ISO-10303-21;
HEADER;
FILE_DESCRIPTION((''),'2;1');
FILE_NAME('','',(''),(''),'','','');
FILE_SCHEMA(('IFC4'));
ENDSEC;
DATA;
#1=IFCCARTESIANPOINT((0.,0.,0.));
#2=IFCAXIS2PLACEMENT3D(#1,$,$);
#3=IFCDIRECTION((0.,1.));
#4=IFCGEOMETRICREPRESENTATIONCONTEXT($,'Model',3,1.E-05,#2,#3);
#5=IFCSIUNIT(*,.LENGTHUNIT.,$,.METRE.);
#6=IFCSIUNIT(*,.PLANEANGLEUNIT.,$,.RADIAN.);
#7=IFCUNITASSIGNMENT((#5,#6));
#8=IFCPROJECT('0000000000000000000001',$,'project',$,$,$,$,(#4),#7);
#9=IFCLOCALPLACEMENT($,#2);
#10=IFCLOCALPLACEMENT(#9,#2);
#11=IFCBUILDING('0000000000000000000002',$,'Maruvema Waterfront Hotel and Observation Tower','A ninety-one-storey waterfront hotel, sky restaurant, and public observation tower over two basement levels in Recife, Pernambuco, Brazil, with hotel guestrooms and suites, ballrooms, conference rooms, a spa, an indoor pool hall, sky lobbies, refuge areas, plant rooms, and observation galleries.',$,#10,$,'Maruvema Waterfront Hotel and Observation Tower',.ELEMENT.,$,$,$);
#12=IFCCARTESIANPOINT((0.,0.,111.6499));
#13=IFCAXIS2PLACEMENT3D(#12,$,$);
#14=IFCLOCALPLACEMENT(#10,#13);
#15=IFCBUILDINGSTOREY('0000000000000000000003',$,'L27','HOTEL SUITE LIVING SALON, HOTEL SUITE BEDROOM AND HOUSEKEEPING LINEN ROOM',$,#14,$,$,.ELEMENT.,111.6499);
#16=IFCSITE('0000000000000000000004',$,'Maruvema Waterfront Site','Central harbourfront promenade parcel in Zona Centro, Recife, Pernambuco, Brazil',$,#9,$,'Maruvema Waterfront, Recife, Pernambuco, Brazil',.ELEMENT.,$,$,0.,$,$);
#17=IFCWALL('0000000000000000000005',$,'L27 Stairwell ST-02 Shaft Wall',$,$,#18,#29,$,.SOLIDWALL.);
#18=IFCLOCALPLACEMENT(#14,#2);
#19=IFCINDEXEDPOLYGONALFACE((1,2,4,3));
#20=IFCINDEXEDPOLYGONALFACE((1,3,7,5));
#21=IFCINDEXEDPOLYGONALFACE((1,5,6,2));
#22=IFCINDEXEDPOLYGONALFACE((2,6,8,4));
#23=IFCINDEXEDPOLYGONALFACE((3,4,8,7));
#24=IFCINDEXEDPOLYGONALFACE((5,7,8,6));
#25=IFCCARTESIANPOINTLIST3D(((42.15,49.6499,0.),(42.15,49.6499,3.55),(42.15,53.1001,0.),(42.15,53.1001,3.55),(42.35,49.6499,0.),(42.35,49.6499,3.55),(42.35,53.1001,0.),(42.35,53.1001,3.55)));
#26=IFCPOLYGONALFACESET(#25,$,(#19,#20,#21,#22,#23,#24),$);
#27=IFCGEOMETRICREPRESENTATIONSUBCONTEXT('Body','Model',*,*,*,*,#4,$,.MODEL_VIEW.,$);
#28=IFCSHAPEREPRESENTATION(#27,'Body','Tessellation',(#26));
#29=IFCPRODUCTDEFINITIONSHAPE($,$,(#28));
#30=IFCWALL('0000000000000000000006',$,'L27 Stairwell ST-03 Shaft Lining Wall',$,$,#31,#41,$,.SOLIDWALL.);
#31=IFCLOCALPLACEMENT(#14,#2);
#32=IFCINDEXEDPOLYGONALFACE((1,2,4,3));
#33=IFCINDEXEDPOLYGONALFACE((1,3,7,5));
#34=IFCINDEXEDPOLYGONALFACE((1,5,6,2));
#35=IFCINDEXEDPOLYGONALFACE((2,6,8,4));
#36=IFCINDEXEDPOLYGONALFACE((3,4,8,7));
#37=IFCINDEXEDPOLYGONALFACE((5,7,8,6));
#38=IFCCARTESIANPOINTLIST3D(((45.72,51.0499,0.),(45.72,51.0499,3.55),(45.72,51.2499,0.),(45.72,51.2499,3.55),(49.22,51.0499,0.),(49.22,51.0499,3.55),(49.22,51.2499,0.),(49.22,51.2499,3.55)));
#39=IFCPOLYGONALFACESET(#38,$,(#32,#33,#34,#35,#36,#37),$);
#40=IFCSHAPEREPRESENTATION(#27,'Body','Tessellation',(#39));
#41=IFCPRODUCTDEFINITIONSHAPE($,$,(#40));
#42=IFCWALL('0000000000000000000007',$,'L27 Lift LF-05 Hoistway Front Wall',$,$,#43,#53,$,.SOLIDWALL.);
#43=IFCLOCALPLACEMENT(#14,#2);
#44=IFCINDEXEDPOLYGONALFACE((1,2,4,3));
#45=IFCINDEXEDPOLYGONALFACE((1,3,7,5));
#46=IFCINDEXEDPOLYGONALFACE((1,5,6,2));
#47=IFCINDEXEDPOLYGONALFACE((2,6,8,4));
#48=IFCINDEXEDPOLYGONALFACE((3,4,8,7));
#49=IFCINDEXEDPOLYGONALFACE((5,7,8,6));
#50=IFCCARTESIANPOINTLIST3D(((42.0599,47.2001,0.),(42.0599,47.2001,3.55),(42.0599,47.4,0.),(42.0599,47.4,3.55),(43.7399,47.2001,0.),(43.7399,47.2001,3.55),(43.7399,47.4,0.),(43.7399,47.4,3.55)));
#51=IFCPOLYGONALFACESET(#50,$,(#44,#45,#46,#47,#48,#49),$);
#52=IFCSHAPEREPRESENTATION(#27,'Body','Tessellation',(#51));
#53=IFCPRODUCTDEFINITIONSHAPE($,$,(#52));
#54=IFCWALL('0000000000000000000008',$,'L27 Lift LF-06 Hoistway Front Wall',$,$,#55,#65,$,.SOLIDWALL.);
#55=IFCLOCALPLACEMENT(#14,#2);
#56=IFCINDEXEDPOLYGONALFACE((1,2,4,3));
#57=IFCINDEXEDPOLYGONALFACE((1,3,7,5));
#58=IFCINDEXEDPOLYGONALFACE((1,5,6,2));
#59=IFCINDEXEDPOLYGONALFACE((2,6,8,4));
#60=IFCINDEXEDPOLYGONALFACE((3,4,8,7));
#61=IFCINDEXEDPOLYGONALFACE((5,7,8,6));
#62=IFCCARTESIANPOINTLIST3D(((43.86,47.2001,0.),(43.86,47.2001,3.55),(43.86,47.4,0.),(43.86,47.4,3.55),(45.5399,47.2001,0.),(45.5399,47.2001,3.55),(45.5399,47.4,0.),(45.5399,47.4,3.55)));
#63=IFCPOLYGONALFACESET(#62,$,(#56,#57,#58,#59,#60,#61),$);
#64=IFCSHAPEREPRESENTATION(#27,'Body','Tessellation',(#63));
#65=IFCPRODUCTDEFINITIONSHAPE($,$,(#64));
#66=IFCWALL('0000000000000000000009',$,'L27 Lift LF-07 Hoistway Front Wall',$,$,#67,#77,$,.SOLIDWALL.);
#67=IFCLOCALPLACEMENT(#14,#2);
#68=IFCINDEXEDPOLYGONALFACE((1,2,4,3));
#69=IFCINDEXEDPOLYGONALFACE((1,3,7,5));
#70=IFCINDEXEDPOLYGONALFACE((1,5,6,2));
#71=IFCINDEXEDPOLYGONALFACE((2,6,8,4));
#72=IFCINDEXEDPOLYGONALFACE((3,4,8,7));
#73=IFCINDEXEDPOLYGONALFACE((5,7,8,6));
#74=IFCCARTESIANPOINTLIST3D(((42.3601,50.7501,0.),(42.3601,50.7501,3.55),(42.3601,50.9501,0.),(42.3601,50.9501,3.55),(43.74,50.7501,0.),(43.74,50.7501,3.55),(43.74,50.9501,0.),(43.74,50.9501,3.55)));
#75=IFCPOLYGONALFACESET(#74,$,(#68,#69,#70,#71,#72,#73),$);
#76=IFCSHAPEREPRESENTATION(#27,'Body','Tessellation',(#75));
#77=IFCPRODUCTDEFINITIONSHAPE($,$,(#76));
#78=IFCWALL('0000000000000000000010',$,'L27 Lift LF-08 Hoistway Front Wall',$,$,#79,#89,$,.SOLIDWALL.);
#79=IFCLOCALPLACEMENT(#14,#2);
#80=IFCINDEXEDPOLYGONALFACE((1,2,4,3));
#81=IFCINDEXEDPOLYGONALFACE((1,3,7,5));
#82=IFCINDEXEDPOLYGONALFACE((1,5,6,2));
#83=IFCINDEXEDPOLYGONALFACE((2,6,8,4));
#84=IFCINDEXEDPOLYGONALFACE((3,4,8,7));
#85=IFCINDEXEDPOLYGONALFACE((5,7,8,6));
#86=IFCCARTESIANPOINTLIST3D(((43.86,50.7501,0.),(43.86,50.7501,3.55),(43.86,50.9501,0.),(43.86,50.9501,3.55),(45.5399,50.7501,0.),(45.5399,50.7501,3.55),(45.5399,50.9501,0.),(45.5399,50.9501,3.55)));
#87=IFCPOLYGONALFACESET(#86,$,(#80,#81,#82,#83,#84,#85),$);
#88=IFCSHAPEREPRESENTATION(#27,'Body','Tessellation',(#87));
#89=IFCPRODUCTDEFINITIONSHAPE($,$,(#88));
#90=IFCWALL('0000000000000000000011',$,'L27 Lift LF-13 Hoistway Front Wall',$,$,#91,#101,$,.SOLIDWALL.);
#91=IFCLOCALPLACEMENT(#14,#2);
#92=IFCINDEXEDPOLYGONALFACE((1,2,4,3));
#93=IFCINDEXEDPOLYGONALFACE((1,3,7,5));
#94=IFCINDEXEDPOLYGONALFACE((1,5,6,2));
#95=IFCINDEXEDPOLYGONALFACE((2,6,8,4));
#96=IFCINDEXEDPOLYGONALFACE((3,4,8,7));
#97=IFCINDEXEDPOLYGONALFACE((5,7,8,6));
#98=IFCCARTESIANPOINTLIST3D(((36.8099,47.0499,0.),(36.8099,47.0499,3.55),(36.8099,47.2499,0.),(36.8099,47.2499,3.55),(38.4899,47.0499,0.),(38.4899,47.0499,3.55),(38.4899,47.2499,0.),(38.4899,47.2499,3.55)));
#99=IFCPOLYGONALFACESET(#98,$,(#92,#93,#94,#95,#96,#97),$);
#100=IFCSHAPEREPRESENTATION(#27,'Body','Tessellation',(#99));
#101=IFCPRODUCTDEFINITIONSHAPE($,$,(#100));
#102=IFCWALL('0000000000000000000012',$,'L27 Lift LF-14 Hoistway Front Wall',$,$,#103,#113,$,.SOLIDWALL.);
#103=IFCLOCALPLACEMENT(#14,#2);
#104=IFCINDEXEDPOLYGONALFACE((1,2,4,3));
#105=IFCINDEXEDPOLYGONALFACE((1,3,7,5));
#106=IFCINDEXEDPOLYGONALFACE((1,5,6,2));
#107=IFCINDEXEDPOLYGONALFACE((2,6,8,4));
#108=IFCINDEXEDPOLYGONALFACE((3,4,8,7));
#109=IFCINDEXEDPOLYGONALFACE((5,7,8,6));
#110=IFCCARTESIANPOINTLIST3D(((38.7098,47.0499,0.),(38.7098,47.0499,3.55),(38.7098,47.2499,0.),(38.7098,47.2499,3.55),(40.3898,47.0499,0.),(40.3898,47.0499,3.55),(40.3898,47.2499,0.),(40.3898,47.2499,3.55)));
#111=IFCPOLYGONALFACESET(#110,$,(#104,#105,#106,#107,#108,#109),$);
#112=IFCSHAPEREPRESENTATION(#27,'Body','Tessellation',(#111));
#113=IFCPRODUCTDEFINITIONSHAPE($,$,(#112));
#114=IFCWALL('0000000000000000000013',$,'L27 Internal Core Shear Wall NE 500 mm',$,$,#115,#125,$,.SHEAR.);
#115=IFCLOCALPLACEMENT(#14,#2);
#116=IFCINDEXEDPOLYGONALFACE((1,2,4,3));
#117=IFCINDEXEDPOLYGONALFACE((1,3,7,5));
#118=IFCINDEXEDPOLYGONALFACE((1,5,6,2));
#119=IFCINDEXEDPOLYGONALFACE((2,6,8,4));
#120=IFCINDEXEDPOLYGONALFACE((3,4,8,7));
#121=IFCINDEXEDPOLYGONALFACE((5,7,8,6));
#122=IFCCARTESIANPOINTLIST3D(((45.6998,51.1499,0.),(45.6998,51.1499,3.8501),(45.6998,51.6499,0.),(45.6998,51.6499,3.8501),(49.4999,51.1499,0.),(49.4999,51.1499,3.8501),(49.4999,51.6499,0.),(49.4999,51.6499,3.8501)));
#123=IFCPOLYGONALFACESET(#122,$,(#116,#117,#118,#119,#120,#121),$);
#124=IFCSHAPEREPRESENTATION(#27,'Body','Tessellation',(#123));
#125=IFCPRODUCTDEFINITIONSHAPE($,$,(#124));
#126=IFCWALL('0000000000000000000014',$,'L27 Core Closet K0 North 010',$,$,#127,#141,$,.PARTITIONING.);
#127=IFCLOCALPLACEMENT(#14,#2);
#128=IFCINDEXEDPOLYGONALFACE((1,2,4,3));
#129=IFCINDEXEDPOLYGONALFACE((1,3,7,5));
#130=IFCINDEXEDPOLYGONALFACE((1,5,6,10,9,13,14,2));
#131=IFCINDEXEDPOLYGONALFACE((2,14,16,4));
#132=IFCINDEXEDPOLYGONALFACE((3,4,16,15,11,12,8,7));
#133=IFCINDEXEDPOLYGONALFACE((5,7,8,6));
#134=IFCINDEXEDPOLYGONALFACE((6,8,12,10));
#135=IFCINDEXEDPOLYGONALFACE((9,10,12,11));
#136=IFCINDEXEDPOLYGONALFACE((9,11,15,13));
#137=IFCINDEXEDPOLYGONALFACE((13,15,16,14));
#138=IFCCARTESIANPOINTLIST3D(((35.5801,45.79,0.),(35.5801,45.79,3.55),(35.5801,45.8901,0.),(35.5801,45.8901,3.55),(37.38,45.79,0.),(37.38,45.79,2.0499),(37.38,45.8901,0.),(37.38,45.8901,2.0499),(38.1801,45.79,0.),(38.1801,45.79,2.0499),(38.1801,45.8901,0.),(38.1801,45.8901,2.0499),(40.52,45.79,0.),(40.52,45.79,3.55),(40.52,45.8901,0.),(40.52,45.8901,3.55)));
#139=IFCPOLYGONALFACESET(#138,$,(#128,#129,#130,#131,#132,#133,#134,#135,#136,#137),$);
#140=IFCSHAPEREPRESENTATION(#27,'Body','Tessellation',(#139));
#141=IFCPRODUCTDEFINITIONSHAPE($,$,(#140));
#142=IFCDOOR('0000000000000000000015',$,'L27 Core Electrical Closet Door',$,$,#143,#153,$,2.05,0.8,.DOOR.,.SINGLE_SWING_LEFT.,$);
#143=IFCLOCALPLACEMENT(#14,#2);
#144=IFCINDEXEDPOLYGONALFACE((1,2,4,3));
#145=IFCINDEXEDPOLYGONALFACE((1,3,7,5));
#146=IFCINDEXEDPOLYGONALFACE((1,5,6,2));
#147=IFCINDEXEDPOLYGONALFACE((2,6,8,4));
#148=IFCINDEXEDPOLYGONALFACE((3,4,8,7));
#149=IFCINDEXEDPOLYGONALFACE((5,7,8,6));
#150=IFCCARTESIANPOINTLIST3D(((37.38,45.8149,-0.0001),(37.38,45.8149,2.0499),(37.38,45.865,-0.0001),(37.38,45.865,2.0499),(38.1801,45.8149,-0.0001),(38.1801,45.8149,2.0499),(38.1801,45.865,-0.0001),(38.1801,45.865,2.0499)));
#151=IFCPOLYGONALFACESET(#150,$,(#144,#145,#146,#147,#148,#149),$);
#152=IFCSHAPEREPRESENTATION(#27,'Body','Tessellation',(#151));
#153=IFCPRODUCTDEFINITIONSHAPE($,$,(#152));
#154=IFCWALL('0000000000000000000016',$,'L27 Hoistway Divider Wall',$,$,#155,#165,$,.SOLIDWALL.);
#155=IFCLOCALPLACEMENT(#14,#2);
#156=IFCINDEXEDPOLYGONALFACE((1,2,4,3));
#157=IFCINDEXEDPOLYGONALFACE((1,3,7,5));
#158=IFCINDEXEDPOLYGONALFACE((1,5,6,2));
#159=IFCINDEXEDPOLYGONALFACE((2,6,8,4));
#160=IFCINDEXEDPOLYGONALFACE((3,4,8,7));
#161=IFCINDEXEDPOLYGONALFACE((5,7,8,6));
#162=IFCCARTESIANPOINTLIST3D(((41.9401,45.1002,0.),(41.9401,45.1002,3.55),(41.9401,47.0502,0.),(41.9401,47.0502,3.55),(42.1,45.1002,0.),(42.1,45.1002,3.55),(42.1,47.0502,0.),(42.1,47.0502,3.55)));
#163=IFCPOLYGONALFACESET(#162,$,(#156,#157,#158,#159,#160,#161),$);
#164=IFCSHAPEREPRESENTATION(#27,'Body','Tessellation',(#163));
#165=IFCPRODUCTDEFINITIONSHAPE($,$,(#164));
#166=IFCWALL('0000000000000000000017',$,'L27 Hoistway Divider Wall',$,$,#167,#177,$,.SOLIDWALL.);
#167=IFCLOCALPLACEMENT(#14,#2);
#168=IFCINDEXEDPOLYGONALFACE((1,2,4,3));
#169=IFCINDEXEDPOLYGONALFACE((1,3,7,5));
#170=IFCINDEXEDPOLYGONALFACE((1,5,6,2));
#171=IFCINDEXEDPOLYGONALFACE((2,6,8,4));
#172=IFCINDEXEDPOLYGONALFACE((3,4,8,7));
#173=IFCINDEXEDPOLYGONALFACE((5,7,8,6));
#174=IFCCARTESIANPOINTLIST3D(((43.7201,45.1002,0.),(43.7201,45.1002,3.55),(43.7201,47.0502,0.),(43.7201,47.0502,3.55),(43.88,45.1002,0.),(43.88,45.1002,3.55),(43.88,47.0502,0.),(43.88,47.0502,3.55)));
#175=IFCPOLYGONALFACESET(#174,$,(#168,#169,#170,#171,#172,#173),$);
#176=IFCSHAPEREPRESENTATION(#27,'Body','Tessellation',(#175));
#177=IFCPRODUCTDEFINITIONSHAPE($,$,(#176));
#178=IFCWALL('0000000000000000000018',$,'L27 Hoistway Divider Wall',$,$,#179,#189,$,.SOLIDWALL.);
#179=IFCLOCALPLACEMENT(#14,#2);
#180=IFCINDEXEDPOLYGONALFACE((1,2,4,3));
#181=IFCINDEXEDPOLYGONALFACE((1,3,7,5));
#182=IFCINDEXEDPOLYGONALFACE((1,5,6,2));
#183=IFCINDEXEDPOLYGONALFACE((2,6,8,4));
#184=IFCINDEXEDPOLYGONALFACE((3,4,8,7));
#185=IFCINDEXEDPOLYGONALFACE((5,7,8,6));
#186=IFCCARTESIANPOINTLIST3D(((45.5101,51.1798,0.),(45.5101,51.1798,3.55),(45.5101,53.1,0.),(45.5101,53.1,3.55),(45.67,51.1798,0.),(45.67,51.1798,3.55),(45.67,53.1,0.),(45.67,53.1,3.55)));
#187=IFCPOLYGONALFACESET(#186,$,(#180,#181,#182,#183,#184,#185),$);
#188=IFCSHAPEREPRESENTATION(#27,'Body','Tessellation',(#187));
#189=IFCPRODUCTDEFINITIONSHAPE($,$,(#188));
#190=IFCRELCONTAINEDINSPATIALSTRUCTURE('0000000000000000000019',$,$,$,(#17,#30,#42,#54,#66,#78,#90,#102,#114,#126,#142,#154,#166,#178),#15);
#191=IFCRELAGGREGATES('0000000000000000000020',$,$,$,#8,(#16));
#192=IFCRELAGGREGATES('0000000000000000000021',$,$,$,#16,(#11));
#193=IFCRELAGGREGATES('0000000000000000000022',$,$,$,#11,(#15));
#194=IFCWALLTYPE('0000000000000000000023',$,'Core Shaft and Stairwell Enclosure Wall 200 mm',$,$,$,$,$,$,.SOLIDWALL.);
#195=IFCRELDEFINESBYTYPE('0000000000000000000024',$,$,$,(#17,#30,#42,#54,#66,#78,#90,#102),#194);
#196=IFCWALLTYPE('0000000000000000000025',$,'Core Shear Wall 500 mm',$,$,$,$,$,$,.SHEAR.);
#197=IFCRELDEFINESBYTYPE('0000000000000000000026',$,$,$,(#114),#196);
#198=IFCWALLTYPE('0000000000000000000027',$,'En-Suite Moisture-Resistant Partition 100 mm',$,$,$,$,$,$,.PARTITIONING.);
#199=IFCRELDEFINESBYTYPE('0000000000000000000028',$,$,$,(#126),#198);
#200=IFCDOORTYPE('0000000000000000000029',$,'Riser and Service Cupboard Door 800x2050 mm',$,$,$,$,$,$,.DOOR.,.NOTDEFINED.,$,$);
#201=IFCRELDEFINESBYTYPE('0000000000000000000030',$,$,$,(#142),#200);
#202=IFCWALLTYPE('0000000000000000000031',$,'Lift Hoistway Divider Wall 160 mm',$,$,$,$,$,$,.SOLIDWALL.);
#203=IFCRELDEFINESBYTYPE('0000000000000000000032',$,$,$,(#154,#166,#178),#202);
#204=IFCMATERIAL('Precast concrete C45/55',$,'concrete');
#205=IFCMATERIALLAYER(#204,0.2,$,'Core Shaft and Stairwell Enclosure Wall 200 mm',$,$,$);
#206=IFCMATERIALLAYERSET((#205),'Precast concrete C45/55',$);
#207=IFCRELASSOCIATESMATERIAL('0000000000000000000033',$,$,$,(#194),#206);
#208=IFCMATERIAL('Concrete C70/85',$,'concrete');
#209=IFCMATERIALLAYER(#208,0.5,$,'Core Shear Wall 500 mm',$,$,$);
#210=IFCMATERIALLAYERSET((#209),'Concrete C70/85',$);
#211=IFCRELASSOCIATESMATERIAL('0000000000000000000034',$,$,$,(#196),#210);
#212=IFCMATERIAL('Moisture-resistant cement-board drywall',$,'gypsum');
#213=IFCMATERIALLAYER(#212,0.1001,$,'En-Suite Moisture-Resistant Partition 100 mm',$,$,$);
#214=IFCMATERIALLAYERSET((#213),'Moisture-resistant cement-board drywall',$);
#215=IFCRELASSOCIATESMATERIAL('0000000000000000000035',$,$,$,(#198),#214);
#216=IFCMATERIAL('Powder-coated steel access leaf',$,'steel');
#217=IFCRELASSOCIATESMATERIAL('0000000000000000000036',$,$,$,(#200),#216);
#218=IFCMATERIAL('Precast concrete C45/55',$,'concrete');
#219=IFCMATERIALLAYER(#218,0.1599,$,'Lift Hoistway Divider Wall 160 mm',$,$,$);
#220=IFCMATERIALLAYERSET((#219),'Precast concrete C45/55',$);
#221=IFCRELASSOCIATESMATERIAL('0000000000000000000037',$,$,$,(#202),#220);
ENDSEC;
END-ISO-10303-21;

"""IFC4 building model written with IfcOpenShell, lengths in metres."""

from ifc_helpers import new_model, si_unit, direction, frame, frame_2d, origin, place, context, subcontext, project, spatial, rectangle, extrude, material, layer, layer_set, type_object, element, fill, save


model = new_model("IFC4")

# Units and contexts
model_context = context("Model", 3, precision=1e-05, world=origin(), true_north=direction((0.0, 1.0)))
body_context = subcontext(model_context, "Body", "Model", "MODEL_VIEW")
ifc_project = project(units=[si_unit("LENGTHUNIT", "METRE"), si_unit("PLANEANGLEUNIT", "RADIAN")], contexts=[model_context])

# Site, building, storey
site_placement = place(None, origin())
site = spatial("IfcSite", under=ifc_project, at=site_placement, Name="Maruvema Waterfront Site", Description="Central harbourfront promenade parcel in Zona Centro, Recife, Pernambuco, Brazil", LongName="Maruvema Waterfront, Recife, Pernambuco, Brazil", CompositionType="ELEMENT", RefElevation=0.0)
building_placement = place(site_placement, origin())
building = spatial("IfcBuilding", under=site, at=building_placement, Name="Maruvema Waterfront Hotel and Observation Tower", Description="A ninety-one-storey waterfront hotel, sky restaurant, and public observation tower over two basement levels in Recife, Pernambuco, Brazil, with hotel guestrooms and suites, ballrooms, conference rooms, a spa, an indoor pool hall, sky lobbies, refuge areas, plant rooms, and observation galleries.", LongName="Maruvema Waterfront Hotel and Observation Tower", CompositionType="ELEMENT")
storey_placement = place(building_placement, frame((0.0, 0.0, 111.6499)))
storey = spatial("IfcBuildingStorey", under=building, at=storey_placement, Name="L27", Description="HOTEL SUITE LIVING SALON, HOTEL SUITE BEDROOM AND HOUSEKEEPING LINEN ROOM", CompositionType="ELEMENT", Elevation=111.6499)

# Walls
ifc_material_1 = material(Name="Precast concrete C45/55", Category="concrete")
ifc_layer_1 = layer(ifc_material_1, 0.2, Name="Core Shaft and Stairwell Enclosure Wall 200 mm")
ifc_layer_set_1 = layer_set([ifc_layer_1], Name="Precast concrete C45/55")
wall_type_1 = type_object("IfcWallType", Name="Core Shaft and Stairwell Enclosure Wall 200 mm", PredefinedType="SOLIDWALL", material=ifc_layer_set_1)
wall_1_placement = place(storey_placement, frame((42.25, 49.6499, 0.0), z_axis=(0.0, 0.0, 1.0), x_axis=(0.0, 1.0, 0.0)))
element("IfcWall", 1, at=wall_1_placement, inside=storey, type_object=wall_type_1, Name="L27 Stairwell ST-02 Shaft Wall", PredefinedType="SOLIDWALL", context=body_context, shape_type="SweptSolid", body=[
    extrude(rectangle(XDim=3.4502, YDim=0.2, at=frame_2d((1.7251, 0.0))), origin(), (0.0, 0.0, 1.0), 3.55),
])
wall_2_placement = place(storey_placement, frame((45.72, 51.1499, 0.0), z_axis=(0.0, 0.0, 1.0), x_axis=(1.0, 0.0, 0.0)))
element("IfcWall", 2, at=wall_2_placement, inside=storey, type_object=wall_type_1, Name="L27 Stairwell ST-03 Shaft Lining Wall", PredefinedType="SOLIDWALL", context=body_context, shape_type="SweptSolid", body=[
    extrude(rectangle(XDim=3.5, YDim=0.2, at=frame_2d((1.75, 0.0))), origin(), (0.0, 0.0, 1.0), 3.55),
])
for number, where, z_axis, x_axis, name in (
    (3, (42.0601, 47.3, 0.0), (0.0, 0.0, 1.0), (1.0, 0.0, 0.0), "L27 Lift LF-05 Hoistway Front Wall"),
    (4, (43.8601, 47.3, 0.0), (0.0, 0.0, 1.0), (1.0, 0.0, 0.0), "L27 Lift LF-06 Hoistway Front Wall"),
):
    element("IfcWall", number, at=place(storey_placement, frame(where, z_axis=z_axis, x_axis=x_axis)), inside=storey, type_object=wall_type_1, Name=name, PredefinedType="SOLIDWALL", context=body_context, shape_type="SweptSolid", body=[
        extrude(rectangle(XDim=1.6799, YDim=0.2, at=frame_2d((0.8398, 0.0))), origin(), (0.0, 0.0, 1.0), 3.55),
    ])
wall_3_placement = place(storey_placement, frame((42.3601, 50.8501, 0.0), z_axis=(0.0, 0.0, 1.0), x_axis=(1.0, 0.0, 0.0)))
element("IfcWall", 5, at=wall_3_placement, inside=storey, type_object=wall_type_1, Name="L27 Lift LF-07 Hoistway Front Wall", PredefinedType="SOLIDWALL", context=body_context, shape_type="SweptSolid", body=[
    extrude(rectangle(XDim=1.3799, YDim=0.2, at=frame_2d((0.6899, 0.0))), origin(), (0.0, 0.0, 1.0), 3.55),
])
for number, where, z_axis, x_axis, name in (
    (6, (43.8601, 50.8501, 0.0), (0.0, 0.0, 1.0), (1.0, 0.0, 0.0), "L27 Lift LF-08 Hoistway Front Wall"),
    (7, (36.8101, 47.1499, 0.0), (0.0, 0.0, 1.0), (1.0, 0.0, 0.0), "L27 Lift LF-13 Hoistway Front Wall"),
    (8, (38.71, 47.1499, 0.0), (0.0, 0.0, 1.0), (1.0, 0.0, 0.0), "L27 Lift LF-14 Hoistway Front Wall"),
):
    element("IfcWall", number, at=place(storey_placement, frame(where, z_axis=z_axis, x_axis=x_axis)), inside=storey, type_object=wall_type_1, Name=name, PredefinedType="SOLIDWALL", context=body_context, shape_type="SweptSolid", body=[
        extrude(rectangle(XDim=1.6799, YDim=0.2, at=frame_2d((0.8398, 0.0))), origin(), (0.0, 0.0, 1.0), 3.55),
    ])
ifc_material_2 = material(Name="Concrete C70/85", Category="concrete")
ifc_layer_2 = layer(ifc_material_2, 0.5, Name="Core Shear Wall 500 mm")
ifc_layer_set_2 = layer_set([ifc_layer_2], Name="Concrete C70/85")
wall_type_2 = type_object("IfcWallType", Name="Core Shear Wall 500 mm", PredefinedType="SHEAR", material=ifc_layer_set_2)
wall_4_placement = place(storey_placement, frame((45.7, 51.3999, 0.0), z_axis=(0.0, 0.0, 1.0), x_axis=(1.0, 0.0, 0.0)))
element("IfcWall", 9, at=wall_4_placement, inside=storey, type_object=wall_type_2, Name="L27 Internal Core Shear Wall NE 500 mm", PredefinedType="SHEAR", context=body_context, shape_type="SweptSolid", body=[
    extrude(rectangle(XDim=3.8, YDim=0.5, at=frame_2d((1.8999, 0.0))), origin(), (0.0, 0.0, 1.0), 3.8501),
])

# Wall, opening, door
ifc_material_3 = material(Name="Moisture-resistant cement-board drywall", Category="gypsum")
ifc_layer_3 = layer(ifc_material_3, 0.1001, Name="En-Suite Moisture-Resistant Partition 100 mm")
ifc_layer_set_3 = layer_set([ifc_layer_3], Name="Moisture-resistant cement-board drywall")
wall_type_3 = type_object("IfcWallType", Name="En-Suite Moisture-Resistant Partition 100 mm", PredefinedType="PARTITIONING", material=ifc_layer_set_3)
wall_5_placement = place(storey_placement, frame((35.5801, 45.8401, 0.0), z_axis=(0.0, 0.0, 1.0), x_axis=(1.0, 0.0, 0.0)))
wall_5 = element("IfcWall", 10, at=wall_5_placement, inside=storey, type_object=wall_type_3, Name="L27 Core Closet K0 North 010", PredefinedType="PARTITIONING", context=body_context, shape_type="SweptSolid", body=[
    extrude(rectangle(XDim=4.9399, YDim=0.1001, at=frame_2d((2.47, 0.0))), origin(), (0.0, 0.0, 1.0), 3.55),
])
opening_placement = place(wall_5_placement, frame((1.8, 0.0, 0.0)))
opening = element("IfcOpeningElement", 11, at=opening_placement, cuts=wall_5, PredefinedType="OPENING", context=body_context, shape_type="SweptSolid", body=[
    extrude(rectangle(XDim=0.8, YDim=2.05, at=frame_2d((0.3999, 1.0249))), frame((0.0, 0.0601, 0.0), z_axis=(0.0, -1.0, 0.0), x_axis=(1.0, 0.0, 0.0)), (0.0, 0.0, 1.0), 0.1201),
])
ifc_material_4 = material(Name="Powder-coated steel access leaf", Category="steel")
door_type = type_object("IfcDoorType", Name="Riser and Service Cupboard Door 800x2050 mm", OperationType="NOTDEFINED", PredefinedType="DOOR", material=ifc_material_4)
door_placement = place(opening_placement, origin())
door = element("IfcDoor", 12, at=door_placement, inside=storey, type_object=door_type, Name="L27 Core Electrical Closet Door", OperationType="SINGLE_SWING_LEFT", OverallHeight=2.05, OverallWidth=0.8, PredefinedType="DOOR", context=body_context, shape_type="SweptSolid", body=[
    extrude(rectangle(XDim=0.8, YDim=2.05, at=frame_2d((0.3999, 1.0249))), frame((0.0, 0.0249, 0.0), z_axis=(0.0, -1.0, 0.0), x_axis=(1.0, 0.0, 0.0)), (0.0, 0.0, 1.0), 0.05),
])
fill(opening, door)

# Walls
ifc_material_5 = material(Name="Precast concrete C45/55", Category="concrete")
ifc_layer_4 = layer(ifc_material_5, 0.1599, Name="Lift Hoistway Divider Wall 160 mm")
ifc_layer_set_4 = layer_set([ifc_layer_4], Name="Precast concrete C45/55")
wall_type_4 = type_object("IfcWallType", Name="Lift Hoistway Divider Wall 160 mm", PredefinedType="SOLIDWALL", material=ifc_layer_set_4)
for number, where, z_axis, x_axis, name in (
    (13, (42.02, 45.1001, 0.0), (0.0, 0.0, 1.0), (0.0, 1.0, 0.0), "L27 Hoistway Divider Wall"),
    (14, (43.8, 45.1001, 0.0), (0.0, 0.0, 1.0), (0.0, 1.0, 0.0), "L27 Hoistway Divider Wall"),
):
    element("IfcWall", number, at=place(storey_placement, frame(where, z_axis=z_axis, x_axis=x_axis)), inside=storey, type_object=wall_type_4, Name=name, PredefinedType="SOLIDWALL", context=body_context, shape_type="SweptSolid", body=[
        extrude(rectangle(XDim=1.95, YDim=0.1599, at=frame_2d((0.9751, 0.0))), origin(), (0.0, 0.0, 1.0), 3.55),
    ])
wall_6_placement = place(storey_placement, frame((45.5901, 51.1799, 0.0), z_axis=(0.0, 0.0, 1.0), x_axis=(0.0, 1.0, 0.0)))
element("IfcWall", 15, at=wall_6_placement, inside=storey, type_object=wall_type_4, Name="L27 Hoistway Divider Wall", PredefinedType="SOLIDWALL", context=body_context, shape_type="SweptSolid", body=[
    extrude(rectangle(XDim=1.9202, YDim=0.1599, at=frame_2d((0.96, 0.0))), origin(), (0.0, 0.0, 1.0), 3.55),
])

save(model, "model.ifc")
